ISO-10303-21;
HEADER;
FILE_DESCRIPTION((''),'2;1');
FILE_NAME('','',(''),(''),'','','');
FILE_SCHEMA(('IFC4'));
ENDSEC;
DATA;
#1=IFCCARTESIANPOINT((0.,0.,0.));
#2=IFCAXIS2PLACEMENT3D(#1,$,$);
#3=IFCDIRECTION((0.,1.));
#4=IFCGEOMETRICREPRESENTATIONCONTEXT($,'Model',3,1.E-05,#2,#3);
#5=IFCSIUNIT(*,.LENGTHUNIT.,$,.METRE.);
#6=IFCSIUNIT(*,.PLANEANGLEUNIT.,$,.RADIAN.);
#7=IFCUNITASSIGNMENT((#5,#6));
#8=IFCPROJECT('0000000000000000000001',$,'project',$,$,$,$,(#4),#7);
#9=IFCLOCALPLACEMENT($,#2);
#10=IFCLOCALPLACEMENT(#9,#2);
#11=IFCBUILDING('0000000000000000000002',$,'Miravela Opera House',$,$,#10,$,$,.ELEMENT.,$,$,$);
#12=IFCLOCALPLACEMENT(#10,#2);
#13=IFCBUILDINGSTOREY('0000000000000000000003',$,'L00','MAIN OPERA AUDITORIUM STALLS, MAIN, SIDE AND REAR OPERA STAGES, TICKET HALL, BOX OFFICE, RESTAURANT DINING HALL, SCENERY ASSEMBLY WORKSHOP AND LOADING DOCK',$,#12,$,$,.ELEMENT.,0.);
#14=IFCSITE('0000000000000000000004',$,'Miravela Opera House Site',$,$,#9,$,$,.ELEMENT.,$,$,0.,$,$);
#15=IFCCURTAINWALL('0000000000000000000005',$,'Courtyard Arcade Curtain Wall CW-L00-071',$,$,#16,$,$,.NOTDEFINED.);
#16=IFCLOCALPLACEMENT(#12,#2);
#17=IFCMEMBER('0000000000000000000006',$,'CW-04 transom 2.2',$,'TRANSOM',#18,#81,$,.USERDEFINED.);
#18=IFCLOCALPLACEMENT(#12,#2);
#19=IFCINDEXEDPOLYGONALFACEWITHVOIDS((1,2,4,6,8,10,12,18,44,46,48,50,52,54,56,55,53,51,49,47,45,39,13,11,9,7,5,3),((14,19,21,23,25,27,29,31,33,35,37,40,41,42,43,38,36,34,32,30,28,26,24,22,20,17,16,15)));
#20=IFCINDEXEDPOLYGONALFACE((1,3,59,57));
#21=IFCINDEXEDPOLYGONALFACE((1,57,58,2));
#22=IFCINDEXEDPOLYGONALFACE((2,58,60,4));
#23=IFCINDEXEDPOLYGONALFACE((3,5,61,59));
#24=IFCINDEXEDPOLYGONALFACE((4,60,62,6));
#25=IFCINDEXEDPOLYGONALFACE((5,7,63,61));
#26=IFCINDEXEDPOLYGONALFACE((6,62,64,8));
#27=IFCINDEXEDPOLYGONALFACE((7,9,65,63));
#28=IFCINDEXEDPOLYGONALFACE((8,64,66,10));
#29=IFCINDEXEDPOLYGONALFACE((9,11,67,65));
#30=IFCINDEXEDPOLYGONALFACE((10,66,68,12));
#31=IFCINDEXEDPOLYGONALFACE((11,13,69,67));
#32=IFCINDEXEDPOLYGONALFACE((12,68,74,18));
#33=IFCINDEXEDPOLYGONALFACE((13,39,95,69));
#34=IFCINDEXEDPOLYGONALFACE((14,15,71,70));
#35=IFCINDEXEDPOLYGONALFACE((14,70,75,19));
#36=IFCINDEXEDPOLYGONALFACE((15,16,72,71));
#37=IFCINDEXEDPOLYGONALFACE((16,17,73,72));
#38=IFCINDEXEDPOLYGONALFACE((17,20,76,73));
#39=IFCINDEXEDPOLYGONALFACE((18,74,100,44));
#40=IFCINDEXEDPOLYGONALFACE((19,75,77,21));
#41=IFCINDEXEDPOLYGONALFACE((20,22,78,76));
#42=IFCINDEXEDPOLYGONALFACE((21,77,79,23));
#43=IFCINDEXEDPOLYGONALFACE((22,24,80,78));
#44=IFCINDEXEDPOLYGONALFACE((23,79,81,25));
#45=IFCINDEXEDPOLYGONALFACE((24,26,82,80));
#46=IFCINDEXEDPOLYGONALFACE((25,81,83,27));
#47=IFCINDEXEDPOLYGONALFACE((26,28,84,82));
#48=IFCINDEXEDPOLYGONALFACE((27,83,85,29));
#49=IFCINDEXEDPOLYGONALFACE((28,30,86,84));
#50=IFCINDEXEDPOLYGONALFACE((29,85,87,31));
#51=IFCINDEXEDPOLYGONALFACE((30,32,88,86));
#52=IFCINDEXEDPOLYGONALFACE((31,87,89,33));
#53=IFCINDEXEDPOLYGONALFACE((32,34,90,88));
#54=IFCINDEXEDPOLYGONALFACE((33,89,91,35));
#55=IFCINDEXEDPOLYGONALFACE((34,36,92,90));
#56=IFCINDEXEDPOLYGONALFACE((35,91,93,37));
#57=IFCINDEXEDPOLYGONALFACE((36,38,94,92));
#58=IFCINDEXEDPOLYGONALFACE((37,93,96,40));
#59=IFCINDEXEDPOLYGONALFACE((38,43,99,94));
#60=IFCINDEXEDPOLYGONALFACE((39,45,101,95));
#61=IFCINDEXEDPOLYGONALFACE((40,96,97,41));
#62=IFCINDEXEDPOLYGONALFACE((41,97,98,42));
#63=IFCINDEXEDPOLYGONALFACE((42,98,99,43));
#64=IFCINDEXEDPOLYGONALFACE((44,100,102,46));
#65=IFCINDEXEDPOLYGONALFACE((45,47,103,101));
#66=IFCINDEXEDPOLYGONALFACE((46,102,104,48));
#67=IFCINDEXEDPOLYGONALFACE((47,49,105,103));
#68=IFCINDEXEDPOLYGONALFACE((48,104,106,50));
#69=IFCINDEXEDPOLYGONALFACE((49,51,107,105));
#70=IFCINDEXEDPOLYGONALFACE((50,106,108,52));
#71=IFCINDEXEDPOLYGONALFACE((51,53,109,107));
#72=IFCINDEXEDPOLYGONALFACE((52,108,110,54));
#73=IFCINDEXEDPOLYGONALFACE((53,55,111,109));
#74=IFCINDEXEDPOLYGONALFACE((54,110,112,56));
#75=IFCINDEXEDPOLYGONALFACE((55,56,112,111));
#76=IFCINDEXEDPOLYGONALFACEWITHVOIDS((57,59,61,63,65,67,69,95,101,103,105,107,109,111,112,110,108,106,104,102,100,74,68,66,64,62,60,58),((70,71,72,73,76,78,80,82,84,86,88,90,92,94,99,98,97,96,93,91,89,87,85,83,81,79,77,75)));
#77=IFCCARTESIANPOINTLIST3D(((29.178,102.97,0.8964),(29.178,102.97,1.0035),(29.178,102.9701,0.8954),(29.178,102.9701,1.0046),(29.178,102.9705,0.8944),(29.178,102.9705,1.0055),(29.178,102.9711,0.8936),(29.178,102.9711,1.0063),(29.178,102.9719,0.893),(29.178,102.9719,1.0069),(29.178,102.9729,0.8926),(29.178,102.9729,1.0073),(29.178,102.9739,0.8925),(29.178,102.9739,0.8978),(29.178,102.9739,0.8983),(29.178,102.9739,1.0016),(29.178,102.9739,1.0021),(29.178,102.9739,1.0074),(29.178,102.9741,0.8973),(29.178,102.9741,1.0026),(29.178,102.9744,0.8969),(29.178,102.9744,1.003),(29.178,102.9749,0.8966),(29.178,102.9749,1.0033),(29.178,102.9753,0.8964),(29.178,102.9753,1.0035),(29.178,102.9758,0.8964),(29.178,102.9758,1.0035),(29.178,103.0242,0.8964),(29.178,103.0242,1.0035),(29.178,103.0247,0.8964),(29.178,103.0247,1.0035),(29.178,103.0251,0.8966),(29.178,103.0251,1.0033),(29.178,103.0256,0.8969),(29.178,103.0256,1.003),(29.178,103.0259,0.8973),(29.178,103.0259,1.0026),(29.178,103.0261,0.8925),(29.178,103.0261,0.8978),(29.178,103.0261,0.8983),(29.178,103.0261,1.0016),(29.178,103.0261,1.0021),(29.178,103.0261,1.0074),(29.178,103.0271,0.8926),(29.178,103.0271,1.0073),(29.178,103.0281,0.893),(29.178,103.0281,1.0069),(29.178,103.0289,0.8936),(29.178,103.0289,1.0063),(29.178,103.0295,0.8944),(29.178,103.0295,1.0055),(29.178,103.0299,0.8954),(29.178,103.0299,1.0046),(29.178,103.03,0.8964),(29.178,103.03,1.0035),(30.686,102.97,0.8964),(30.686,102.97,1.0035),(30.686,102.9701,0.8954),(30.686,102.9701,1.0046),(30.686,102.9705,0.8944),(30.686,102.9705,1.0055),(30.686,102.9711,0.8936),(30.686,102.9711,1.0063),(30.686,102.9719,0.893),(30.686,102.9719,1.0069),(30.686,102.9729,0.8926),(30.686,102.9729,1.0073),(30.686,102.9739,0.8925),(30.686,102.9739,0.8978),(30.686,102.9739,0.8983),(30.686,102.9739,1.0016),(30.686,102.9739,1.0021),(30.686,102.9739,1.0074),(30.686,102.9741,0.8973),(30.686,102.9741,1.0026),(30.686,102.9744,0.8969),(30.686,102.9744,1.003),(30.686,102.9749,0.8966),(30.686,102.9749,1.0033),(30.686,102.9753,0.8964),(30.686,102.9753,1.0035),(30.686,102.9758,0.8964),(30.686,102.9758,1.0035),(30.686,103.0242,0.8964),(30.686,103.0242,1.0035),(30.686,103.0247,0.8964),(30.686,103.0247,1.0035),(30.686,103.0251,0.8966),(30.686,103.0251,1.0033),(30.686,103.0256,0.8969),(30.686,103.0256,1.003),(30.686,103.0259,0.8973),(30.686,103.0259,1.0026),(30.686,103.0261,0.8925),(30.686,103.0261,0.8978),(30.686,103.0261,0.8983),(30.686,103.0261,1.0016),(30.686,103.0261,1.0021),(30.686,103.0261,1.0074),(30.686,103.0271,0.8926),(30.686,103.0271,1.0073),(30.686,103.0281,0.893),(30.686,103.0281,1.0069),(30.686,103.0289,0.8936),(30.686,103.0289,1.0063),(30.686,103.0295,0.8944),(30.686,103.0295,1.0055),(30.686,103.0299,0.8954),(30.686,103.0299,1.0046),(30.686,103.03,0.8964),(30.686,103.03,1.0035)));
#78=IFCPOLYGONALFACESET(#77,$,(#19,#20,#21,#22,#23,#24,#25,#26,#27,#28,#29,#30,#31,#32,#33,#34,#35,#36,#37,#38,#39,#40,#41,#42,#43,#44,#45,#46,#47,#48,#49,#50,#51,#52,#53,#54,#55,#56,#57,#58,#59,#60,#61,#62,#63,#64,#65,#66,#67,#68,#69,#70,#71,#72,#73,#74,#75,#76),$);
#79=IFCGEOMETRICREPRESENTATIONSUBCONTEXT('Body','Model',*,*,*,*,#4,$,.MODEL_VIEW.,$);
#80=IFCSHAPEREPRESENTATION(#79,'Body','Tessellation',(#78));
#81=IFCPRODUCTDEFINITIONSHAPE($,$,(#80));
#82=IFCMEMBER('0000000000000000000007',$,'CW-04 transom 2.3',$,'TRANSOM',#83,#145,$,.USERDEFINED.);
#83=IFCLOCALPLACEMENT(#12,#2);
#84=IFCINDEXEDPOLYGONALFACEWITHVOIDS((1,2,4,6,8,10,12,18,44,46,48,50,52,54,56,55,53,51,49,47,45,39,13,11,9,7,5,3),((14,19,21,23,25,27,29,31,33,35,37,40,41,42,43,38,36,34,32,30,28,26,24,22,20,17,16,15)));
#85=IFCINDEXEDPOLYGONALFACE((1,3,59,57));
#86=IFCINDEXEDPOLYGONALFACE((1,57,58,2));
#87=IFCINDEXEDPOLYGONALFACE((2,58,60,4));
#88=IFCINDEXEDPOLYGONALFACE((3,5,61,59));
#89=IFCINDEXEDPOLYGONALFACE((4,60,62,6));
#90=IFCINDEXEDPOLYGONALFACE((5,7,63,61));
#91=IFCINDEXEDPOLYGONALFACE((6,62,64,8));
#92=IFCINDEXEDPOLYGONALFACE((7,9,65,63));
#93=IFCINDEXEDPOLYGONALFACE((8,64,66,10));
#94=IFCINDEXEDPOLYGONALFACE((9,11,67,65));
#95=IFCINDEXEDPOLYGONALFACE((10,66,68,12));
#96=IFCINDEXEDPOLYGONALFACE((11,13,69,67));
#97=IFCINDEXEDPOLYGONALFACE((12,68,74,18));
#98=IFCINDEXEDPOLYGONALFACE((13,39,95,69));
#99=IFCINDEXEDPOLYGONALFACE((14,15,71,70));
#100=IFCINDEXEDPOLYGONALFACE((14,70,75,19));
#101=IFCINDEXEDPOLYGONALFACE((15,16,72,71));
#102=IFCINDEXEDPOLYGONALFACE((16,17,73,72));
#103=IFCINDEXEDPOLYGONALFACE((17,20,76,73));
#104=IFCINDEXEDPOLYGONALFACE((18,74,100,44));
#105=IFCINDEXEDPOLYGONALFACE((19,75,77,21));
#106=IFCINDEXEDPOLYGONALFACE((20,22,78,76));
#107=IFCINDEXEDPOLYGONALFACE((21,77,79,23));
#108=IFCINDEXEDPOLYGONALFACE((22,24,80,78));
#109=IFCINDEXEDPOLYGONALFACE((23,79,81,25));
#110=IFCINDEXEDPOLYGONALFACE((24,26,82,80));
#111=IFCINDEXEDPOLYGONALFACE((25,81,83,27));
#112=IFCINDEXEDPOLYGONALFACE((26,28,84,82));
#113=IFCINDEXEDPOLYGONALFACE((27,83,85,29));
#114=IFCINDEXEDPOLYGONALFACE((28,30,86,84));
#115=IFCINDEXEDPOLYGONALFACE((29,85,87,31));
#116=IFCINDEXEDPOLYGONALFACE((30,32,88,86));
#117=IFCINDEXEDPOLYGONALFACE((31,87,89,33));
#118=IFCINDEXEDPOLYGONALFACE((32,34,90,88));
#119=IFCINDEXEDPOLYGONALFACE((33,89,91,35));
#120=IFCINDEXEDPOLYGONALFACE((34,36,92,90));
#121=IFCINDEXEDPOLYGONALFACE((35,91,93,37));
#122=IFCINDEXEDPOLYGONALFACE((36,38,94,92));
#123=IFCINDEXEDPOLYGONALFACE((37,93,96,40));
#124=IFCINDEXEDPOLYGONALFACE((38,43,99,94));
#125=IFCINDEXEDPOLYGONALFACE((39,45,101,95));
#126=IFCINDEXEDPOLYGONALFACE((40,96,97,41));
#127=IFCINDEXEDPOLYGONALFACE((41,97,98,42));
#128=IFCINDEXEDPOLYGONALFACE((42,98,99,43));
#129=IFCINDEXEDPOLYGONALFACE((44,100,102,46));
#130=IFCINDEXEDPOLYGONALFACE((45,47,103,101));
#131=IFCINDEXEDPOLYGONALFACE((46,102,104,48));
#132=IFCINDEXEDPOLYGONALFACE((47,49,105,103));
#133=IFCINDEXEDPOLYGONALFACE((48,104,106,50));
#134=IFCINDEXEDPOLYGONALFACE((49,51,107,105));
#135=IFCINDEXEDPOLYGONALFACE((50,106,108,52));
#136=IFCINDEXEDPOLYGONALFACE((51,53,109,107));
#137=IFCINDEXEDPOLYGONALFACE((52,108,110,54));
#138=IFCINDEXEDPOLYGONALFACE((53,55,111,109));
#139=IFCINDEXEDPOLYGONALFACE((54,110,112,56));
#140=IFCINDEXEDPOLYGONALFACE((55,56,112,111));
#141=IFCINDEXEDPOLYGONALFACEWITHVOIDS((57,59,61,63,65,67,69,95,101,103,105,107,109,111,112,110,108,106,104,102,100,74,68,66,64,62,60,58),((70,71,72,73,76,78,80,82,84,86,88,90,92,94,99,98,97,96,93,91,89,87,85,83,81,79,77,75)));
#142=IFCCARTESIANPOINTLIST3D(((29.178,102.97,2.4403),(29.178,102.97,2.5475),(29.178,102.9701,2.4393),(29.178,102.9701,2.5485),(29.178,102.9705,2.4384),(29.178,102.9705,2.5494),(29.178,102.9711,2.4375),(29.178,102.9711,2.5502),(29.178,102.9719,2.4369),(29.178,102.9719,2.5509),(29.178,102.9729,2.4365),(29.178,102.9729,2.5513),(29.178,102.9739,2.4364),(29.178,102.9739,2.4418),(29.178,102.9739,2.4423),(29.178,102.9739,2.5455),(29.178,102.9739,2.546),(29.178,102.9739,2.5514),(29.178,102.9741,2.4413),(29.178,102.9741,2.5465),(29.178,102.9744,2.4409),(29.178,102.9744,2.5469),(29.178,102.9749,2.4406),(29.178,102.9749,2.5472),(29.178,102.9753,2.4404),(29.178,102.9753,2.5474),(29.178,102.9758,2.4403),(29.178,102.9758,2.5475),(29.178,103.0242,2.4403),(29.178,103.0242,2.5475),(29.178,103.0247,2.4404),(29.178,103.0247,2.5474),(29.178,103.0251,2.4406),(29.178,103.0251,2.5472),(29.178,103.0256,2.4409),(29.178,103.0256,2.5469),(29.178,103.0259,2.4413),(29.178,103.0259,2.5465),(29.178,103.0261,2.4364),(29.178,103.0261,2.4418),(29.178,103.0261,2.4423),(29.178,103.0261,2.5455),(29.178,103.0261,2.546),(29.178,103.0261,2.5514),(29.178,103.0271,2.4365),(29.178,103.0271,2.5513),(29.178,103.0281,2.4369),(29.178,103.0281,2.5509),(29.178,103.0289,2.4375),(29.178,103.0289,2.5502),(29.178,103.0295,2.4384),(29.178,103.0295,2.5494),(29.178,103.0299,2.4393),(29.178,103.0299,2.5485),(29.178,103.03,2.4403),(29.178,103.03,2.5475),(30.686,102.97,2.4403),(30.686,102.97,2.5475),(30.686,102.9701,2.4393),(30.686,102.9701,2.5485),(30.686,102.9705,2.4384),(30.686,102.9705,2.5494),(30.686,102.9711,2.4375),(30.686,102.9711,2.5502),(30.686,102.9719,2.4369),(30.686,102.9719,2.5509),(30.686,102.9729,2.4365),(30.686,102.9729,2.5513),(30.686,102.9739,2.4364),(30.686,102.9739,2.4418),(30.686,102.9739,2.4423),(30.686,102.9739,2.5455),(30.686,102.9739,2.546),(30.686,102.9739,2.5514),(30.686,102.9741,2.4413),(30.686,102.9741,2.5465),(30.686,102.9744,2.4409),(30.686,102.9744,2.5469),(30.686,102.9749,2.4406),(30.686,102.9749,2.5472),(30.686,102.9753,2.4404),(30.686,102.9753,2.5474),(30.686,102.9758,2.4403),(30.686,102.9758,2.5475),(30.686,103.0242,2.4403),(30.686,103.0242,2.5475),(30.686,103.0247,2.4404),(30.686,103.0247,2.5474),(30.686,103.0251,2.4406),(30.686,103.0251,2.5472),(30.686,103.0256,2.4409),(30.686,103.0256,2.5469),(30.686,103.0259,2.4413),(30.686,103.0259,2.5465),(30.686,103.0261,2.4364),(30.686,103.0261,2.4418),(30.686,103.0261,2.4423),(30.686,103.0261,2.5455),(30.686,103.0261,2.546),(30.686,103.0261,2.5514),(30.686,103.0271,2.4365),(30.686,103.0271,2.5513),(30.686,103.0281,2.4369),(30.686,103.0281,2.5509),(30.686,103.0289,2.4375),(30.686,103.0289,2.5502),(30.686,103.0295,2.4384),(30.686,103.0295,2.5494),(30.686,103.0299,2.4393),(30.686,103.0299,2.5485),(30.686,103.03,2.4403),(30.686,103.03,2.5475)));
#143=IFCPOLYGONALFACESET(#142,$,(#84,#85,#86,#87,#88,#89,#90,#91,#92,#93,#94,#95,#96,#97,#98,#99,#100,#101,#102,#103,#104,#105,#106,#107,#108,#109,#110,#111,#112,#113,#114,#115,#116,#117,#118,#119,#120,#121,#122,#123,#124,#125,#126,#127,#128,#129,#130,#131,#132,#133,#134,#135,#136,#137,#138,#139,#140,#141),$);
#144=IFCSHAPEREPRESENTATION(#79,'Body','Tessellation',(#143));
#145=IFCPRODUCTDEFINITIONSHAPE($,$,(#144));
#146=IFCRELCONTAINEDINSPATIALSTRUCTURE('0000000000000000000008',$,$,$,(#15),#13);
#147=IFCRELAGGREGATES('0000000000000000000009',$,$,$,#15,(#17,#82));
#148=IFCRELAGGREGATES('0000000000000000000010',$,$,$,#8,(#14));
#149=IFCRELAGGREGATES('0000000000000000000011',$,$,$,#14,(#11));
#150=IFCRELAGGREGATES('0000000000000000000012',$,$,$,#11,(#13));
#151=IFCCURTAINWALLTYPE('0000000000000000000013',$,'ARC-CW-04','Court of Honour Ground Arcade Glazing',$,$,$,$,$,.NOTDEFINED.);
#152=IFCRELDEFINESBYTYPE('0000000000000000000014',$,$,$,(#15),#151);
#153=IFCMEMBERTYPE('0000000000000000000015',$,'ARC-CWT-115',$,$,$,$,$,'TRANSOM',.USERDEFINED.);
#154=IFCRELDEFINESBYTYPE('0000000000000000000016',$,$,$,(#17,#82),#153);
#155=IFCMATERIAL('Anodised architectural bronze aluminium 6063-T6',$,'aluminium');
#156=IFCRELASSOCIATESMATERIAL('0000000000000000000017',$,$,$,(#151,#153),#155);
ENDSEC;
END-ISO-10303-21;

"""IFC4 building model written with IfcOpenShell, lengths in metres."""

from ifc_helpers import new_model, si_unit, direction, frame, origin, origin_2d, place, context, subcontext, project, spatial, hollow_rectangle, extrude, material, material_profile, profile_set, type_object, element, aggregate, save


model = new_model("IFC4")

# Units and contexts
model_context = context("Model", 3, precision=1e-05, world=origin(), true_north=direction((0.0, 1.0)))
body_context = subcontext(model_context, "Body", "Model", "MODEL_VIEW")
ifc_project = project(units=[si_unit("LENGTHUNIT", "METRE"), si_unit("PLANEANGLEUNIT", "RADIAN")], contexts=[model_context])

# Site, building, storey
site_placement = place(None, origin())
site = spatial("IfcSite", under=ifc_project, at=site_placement, Name="Miravela Opera House Site", CompositionType="ELEMENT", RefElevation=0.0)
building_placement = place(site_placement, origin())
building = spatial("IfcBuilding", under=site, at=building_placement, Name="Miravela Opera House", CompositionType="ELEMENT")
storey_placement = place(building_placement, origin())
storey = spatial("IfcBuildingStorey", under=building, at=storey_placement, Name="L00", Description="MAIN OPERA AUDITORIUM STALLS, MAIN, SIDE AND REAR OPERA STAGES, TICKET HALL, BOX OFFICE, RESTAURANT DINING HALL, SCENERY ASSEMBLY WORKSHOP AND LOADING DOCK", CompositionType="ELEMENT", Elevation=0.0)

# Curtain wall
ifc_material_1 = material(Name="Anodised architectural bronze aluminium 6063-T6", Category="aluminium")
curtain_wall_type = type_object("IfcCurtainWallType", Name="ARC-CW-04", Description="Court of Honour Ground Arcade Glazing", PredefinedType="NOTDEFINED", material=ifc_material_1)
curtain_wall_1_placement = place(storey_placement, origin())
curtain_wall_1 = element("IfcCurtainWall", 1, at=curtain_wall_1_placement, inside=storey, type_object=curtain_wall_type, Name="Courtyard Arcade Curtain Wall CW-L00-071", PredefinedType="NOTDEFINED")

# Members
ifc_material_profile_1 = material_profile(ifc_material_1, hollow_rectangle(XDim=0.0601, YDim=0.115, WallThickness=0.0039, InnerFilletRadius=0.002, OuterFilletRadius=0.0039, at=origin_2d()), Name="CWT-60X115")
ifc_profile_set_1 = profile_set([ifc_material_profile_1])
member_type_1 = type_object("IfcMemberType", Name="ARC-CWT-115", ElementType="TRANSOM", PredefinedType="USERDEFINED", material=ifc_profile_set_1)
member_1_placement = place(storey_placement, frame((29.178, 103.0, 0.95), z_axis=(1.0, 0.0, 0.0), x_axis=(0.0, 1.0, 0.0)))
member_1 = element("IfcMember", 2, at=member_1_placement, type_object=member_type_1, Name="CW-04 transom 2.2", ObjectType="TRANSOM", PredefinedType="USERDEFINED", context=body_context, shape_type="SweptSolid", body=[
    extrude(hollow_rectangle(XDim=0.0601, YDim=0.115, WallThickness=0.0039, InnerFilletRadius=0.002, OuterFilletRadius=0.0039, at=origin_2d()), origin(), (0.0, 0.0, 1.0), 1.5081),
])
member_2_placement = place(storey_placement, frame((29.178, 103.0, 2.4939), z_axis=(1.0, 0.0, 0.0), x_axis=(0.0, 1.0, 0.0)))
member_2 = element("IfcMember", 3, at=member_2_placement, type_object=member_type_1, Name="CW-04 transom 2.3", ObjectType="TRANSOM", PredefinedType="USERDEFINED", context=body_context, shape_type="SweptSolid", body=[
    extrude(hollow_rectangle(XDim=0.0601, YDim=0.115, WallThickness=0.0039, InnerFilletRadius=0.002, OuterFilletRadius=0.0039, at=origin_2d()), origin(), (0.0, 0.0, 1.0), 1.5081),
])

aggregate(curtain_wall_1, [member_1, member_2])

save(model, "model.ifc")
